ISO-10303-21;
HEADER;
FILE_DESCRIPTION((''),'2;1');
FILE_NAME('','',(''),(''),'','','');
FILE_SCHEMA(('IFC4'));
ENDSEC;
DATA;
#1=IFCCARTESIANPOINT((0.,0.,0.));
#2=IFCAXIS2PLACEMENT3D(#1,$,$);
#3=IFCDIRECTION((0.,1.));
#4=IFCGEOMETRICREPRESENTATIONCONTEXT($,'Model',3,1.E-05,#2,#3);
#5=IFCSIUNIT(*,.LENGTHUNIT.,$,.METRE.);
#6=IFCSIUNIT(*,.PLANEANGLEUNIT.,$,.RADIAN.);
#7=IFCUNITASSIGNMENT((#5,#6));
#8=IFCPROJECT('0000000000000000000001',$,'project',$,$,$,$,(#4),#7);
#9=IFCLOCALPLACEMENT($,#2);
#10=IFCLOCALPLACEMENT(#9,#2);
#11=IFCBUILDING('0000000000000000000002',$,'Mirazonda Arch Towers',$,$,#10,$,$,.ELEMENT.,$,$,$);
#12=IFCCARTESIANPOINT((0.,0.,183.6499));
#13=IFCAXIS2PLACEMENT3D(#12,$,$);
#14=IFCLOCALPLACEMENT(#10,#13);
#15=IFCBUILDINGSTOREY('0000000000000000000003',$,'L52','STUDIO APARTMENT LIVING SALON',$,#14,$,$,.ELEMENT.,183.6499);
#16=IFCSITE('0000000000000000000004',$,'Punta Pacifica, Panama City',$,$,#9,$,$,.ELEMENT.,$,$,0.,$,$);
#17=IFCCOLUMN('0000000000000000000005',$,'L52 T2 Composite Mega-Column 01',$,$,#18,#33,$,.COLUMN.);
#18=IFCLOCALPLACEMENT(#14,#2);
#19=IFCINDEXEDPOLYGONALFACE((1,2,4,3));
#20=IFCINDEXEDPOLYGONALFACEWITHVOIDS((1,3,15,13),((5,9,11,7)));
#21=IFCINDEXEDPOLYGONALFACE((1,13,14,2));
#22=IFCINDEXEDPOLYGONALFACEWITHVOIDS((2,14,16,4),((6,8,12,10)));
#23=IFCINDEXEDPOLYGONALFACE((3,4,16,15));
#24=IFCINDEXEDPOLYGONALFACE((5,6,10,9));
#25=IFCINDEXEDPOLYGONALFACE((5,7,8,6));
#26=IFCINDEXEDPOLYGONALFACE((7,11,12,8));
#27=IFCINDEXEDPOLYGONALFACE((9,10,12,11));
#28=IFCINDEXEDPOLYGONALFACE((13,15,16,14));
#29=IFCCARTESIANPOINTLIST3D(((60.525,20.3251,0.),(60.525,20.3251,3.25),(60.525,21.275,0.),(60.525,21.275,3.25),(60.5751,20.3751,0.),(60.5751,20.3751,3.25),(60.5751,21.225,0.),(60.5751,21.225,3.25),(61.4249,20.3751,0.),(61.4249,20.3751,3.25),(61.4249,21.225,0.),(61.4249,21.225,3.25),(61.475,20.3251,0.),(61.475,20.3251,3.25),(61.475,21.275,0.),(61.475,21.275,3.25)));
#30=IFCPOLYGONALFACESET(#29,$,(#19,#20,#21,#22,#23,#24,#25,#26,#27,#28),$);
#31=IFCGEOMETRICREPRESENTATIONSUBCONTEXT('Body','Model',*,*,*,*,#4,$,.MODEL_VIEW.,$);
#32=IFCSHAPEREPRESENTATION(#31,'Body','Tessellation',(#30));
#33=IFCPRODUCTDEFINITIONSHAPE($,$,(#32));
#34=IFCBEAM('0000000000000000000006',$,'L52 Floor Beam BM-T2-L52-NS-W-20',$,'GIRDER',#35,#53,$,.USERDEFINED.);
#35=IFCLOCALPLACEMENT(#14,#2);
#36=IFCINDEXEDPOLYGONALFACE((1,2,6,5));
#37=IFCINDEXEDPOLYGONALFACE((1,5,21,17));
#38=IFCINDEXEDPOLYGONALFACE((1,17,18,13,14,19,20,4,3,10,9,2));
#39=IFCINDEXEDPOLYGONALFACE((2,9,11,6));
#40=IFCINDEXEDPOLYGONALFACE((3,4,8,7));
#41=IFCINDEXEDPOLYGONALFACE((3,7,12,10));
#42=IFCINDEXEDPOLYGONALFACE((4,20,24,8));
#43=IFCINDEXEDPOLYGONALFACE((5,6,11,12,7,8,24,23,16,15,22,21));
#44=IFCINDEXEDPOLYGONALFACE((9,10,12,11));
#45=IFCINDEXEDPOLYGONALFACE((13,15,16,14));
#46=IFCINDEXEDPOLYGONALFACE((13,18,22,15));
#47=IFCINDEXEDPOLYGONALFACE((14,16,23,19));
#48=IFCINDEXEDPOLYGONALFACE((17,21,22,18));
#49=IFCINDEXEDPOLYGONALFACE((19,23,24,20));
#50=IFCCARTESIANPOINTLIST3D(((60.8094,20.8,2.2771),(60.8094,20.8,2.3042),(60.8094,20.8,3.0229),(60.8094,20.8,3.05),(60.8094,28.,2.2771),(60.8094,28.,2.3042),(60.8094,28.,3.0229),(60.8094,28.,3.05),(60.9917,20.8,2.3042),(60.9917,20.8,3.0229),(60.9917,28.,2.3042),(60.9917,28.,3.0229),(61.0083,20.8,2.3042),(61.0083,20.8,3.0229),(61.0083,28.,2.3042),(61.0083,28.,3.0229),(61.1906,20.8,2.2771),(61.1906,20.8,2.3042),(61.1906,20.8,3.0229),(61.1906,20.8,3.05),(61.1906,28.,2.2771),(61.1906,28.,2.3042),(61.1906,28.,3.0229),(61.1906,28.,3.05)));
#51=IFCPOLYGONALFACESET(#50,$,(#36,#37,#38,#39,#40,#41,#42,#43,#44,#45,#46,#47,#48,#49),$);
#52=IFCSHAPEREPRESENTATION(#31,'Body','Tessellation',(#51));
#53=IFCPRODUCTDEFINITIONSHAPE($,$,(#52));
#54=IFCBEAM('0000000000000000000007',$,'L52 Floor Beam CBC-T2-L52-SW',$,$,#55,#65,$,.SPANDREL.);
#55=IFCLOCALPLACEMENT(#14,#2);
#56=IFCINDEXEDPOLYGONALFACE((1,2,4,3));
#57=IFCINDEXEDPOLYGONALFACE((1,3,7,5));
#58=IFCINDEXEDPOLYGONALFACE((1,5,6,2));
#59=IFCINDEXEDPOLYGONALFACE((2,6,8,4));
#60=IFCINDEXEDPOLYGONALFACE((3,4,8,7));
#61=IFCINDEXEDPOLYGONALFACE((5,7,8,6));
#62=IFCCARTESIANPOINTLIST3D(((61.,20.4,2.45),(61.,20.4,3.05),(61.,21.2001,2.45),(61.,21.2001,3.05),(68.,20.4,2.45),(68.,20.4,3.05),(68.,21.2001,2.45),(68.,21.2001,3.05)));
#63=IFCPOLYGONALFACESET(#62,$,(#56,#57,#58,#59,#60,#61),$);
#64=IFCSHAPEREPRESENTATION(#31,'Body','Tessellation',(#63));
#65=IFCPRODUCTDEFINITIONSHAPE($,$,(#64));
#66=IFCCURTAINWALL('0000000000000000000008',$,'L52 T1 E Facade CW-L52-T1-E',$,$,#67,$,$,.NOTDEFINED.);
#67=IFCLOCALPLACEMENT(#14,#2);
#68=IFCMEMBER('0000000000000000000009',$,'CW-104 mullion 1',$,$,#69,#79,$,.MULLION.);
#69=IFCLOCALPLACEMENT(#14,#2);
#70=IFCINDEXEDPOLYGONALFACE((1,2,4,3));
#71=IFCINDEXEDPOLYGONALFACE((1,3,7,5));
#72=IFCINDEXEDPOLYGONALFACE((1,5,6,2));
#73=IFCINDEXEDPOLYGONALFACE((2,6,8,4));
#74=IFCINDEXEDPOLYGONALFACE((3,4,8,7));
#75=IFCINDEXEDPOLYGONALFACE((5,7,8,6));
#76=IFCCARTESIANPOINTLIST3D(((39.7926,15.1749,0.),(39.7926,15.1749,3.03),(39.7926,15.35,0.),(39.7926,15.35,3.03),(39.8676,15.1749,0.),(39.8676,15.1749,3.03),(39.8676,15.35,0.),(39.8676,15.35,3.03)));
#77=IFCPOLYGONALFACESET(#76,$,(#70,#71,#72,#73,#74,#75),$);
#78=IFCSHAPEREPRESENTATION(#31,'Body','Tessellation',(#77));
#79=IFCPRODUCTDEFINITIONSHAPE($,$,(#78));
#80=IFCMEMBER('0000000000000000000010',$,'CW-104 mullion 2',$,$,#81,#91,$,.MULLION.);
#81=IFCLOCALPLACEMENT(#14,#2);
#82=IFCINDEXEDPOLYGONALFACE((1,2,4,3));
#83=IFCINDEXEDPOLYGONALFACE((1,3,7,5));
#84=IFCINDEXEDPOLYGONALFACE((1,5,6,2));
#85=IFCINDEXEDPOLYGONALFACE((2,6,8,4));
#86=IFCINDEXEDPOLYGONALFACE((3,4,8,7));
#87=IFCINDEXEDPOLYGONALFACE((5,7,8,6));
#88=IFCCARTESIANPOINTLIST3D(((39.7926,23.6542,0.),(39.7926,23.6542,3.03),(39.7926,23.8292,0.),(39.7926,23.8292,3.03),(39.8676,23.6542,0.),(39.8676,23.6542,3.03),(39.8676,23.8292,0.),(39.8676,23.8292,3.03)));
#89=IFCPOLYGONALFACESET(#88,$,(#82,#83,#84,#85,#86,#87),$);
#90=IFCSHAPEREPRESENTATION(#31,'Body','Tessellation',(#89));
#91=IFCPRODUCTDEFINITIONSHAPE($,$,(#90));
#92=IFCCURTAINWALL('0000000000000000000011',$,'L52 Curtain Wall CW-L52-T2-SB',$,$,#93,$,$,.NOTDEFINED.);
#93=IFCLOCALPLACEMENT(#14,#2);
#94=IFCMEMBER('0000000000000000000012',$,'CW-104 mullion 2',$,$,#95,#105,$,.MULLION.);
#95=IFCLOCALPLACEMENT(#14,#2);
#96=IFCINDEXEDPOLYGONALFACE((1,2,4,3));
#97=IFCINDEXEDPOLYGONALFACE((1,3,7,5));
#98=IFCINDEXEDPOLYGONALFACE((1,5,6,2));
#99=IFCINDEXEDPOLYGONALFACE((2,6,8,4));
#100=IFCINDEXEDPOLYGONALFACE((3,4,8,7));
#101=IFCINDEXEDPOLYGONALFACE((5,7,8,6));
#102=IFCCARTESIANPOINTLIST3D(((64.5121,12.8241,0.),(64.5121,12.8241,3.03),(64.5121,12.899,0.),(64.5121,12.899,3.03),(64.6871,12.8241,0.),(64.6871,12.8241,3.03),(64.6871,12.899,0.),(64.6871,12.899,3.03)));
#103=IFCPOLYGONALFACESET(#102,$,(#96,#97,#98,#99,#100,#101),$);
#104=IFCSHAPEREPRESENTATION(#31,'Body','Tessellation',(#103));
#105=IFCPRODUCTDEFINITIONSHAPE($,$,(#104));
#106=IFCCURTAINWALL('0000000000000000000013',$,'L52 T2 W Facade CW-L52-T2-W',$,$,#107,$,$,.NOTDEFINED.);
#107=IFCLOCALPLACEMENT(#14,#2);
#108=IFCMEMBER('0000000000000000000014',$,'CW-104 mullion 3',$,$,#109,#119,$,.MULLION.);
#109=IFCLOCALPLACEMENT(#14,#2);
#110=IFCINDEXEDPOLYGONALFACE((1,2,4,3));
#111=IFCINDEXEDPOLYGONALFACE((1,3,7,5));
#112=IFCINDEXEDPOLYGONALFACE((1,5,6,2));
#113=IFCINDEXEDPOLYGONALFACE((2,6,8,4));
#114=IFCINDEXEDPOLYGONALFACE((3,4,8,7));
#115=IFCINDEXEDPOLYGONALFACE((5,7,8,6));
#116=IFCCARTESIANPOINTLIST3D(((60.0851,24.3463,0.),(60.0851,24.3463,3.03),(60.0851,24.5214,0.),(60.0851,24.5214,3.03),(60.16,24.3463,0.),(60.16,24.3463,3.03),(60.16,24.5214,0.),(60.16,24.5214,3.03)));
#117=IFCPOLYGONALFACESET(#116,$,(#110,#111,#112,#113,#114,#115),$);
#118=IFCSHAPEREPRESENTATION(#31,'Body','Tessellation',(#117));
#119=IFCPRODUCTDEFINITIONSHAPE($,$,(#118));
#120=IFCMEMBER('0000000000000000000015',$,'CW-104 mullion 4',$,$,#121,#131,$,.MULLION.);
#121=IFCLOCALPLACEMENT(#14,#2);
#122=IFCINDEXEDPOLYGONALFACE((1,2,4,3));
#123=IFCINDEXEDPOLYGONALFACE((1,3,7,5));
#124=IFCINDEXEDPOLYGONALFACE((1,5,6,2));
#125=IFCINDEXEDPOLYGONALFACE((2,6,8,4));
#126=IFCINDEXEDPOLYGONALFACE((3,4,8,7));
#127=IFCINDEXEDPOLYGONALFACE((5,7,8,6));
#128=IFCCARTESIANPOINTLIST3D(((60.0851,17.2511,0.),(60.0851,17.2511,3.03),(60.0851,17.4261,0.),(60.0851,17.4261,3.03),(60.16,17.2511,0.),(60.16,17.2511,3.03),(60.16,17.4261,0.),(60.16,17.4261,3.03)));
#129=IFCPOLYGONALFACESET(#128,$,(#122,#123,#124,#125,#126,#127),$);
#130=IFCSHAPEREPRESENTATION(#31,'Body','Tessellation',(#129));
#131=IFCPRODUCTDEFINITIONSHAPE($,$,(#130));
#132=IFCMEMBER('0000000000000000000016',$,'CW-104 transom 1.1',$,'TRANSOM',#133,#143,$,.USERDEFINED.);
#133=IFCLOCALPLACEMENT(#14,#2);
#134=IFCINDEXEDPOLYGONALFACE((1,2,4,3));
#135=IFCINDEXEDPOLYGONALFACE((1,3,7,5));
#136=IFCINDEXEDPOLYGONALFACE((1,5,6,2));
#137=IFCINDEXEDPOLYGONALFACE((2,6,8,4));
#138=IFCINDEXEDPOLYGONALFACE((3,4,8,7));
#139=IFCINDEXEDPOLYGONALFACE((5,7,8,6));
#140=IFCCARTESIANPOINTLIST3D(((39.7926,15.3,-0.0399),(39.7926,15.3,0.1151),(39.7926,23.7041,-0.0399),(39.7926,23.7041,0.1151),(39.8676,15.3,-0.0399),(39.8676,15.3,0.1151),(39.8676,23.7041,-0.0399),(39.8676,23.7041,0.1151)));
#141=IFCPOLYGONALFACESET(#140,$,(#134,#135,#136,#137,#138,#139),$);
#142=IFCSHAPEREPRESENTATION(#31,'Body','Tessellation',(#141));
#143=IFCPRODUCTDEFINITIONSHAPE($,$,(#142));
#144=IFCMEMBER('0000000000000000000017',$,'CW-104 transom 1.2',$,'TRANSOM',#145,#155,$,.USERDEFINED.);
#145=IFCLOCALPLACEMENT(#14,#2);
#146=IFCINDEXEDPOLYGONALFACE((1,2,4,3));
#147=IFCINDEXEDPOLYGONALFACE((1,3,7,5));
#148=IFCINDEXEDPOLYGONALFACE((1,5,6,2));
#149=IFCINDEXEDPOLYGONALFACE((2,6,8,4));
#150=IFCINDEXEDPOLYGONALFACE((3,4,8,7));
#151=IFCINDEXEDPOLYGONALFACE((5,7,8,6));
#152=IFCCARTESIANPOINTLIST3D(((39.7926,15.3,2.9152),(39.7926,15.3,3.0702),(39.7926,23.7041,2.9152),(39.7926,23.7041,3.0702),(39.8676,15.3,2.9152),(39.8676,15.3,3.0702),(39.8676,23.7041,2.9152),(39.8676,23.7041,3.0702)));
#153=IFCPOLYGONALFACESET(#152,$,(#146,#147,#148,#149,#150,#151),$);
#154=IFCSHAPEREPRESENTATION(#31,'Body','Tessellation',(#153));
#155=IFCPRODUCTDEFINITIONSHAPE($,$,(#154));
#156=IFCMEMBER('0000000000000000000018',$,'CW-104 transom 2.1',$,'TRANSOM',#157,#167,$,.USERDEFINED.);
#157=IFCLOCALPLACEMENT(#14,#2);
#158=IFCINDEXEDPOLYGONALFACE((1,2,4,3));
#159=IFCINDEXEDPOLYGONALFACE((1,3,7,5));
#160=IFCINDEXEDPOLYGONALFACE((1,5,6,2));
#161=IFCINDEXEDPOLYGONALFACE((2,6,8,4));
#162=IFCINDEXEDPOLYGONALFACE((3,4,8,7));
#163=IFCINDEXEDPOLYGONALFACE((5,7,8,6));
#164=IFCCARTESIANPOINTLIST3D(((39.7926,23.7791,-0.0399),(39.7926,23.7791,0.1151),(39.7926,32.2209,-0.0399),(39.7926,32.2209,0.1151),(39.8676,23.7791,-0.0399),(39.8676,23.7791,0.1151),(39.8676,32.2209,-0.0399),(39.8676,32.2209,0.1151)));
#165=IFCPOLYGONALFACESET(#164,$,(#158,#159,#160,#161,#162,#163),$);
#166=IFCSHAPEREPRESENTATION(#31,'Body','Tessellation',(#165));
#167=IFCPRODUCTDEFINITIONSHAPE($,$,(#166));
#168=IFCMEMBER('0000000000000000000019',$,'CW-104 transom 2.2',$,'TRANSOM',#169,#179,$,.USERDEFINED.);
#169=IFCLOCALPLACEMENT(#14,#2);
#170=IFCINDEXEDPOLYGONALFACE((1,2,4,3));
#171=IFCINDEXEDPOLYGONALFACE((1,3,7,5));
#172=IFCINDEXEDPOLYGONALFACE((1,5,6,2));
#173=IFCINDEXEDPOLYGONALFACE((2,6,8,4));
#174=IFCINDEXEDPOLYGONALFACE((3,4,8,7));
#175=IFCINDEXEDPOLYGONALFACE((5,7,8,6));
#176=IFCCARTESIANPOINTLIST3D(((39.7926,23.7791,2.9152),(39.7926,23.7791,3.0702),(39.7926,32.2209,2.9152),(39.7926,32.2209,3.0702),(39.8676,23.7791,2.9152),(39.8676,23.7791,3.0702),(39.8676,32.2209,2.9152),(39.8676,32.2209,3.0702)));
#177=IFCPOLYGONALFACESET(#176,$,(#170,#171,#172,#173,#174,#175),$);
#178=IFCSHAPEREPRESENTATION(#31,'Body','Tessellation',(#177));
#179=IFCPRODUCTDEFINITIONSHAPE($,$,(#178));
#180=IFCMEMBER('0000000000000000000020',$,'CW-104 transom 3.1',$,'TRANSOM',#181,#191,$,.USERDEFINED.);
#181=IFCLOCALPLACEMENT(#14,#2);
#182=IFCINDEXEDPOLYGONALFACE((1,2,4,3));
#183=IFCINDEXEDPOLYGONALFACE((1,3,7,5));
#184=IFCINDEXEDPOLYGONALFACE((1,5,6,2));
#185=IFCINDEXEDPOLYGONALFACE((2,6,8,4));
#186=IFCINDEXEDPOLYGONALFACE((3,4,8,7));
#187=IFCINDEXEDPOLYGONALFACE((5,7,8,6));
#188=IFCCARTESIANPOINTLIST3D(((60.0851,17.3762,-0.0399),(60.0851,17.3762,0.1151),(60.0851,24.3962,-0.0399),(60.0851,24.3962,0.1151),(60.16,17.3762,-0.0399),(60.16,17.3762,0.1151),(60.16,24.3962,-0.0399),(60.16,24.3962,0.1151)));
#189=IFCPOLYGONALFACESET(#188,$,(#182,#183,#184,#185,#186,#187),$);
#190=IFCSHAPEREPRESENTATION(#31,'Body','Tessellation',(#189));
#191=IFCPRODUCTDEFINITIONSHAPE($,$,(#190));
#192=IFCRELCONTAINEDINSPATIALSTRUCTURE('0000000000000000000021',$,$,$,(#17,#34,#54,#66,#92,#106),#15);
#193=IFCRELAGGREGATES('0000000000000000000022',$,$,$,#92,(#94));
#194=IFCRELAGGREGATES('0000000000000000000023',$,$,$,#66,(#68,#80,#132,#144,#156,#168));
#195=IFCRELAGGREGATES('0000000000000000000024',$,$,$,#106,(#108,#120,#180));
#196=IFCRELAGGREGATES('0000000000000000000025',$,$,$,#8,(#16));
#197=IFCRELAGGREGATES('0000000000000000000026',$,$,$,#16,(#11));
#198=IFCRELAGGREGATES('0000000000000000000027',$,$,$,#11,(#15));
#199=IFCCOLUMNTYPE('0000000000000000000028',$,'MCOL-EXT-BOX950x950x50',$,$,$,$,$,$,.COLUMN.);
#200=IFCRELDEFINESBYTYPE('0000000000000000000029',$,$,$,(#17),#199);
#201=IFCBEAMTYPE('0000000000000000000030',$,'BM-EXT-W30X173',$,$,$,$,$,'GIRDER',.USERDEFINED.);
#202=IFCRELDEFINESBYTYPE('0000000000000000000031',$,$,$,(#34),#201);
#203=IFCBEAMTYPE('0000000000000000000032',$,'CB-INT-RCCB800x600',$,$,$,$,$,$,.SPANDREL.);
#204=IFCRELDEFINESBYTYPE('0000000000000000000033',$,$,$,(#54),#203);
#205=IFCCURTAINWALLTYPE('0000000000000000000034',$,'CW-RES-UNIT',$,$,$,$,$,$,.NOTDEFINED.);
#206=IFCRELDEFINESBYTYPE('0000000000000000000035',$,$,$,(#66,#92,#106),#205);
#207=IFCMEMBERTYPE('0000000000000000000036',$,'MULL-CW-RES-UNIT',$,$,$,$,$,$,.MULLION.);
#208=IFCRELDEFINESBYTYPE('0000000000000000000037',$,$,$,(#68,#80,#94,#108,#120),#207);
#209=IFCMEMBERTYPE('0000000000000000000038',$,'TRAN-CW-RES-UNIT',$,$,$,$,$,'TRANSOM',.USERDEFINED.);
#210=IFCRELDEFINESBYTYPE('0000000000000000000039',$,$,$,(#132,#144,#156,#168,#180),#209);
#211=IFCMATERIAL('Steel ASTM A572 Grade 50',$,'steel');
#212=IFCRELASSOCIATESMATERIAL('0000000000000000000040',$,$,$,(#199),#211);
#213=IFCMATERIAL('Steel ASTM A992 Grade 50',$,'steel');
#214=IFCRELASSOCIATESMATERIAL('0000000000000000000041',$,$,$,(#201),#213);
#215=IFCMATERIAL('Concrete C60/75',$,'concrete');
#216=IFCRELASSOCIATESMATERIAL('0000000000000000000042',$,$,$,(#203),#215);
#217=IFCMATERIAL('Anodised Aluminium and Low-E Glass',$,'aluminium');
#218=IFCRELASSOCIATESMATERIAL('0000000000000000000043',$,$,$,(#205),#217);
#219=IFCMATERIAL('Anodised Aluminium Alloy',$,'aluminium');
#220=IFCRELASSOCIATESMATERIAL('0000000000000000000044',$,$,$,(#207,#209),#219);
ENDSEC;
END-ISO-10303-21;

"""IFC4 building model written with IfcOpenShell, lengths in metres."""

from ifc_helpers import new_model, si_unit, direction, frame, origin, origin_2d, place, context, subcontext, project, spatial, rectangle, hollow_rectangle, i_section, extrude, material, material_profile, profile_set, type_object, element, aggregate, save


model = new_model("IFC4")

# Units and contexts
model_context = context("Model", 3, precision=1e-05, world=origin(), true_north=direction((0.0, 1.0)))
body_context = subcontext(model_context, "Body", "Model", "MODEL_VIEW")
ifc_project = project(units=[si_unit("LENGTHUNIT", "METRE"), si_unit("PLANEANGLEUNIT", "RADIAN")], contexts=[model_context])

# Site, building, storey
site_placement = place(None, origin())
site = spatial("IfcSite", under=ifc_project, at=site_placement, Name="Punta Pacifica, Panama City", CompositionType="ELEMENT", RefElevation=0.0)
building_placement = place(site_placement, origin())
building = spatial("IfcBuilding", under=site, at=building_placement, Name="Mirazonda Arch Towers", CompositionType="ELEMENT")
storey_placement = place(building_placement, frame((0.0, 0.0, 183.6499)))
storey = spatial("IfcBuildingStorey", under=building, at=storey_placement, Name="L52", Description="STUDIO APARTMENT LIVING SALON", CompositionType="ELEMENT", Elevation=183.6499)

# Column
ifc_material_1 = material(Name="Steel ASTM A572 Grade 50", Category="steel")
ifc_material_profile_1 = material_profile(ifc_material_1, hollow_rectangle(XDim=0.95, YDim=0.95, WallThickness=0.05, at=origin_2d()), Name="BOX950x950x50")
ifc_profile_set_1 = profile_set([ifc_material_profile_1], Name="Steel ASTM A572 Grade 50")
column_type = type_object("IfcColumnType", Name="MCOL-EXT-BOX950x950x50", PredefinedType="COLUMN", material=ifc_profile_set_1)
column_placement = place(storey_placement, frame((61.0, 20.8, 0.0), z_axis=(0.0, 0.0, 1.0), x_axis=(1.0, 0.0, 0.0)))
element("IfcColumn", 1, at=column_placement, inside=storey, type_object=column_type, Name="L52 T2 Composite Mega-Column 01", PredefinedType="COLUMN", context=body_context, shape_type="SweptSolid", body=[
    extrude(hollow_rectangle(XDim=0.95, YDim=0.95, WallThickness=0.05, at=origin_2d()), origin(), (0.0, 0.0, 1.0), 3.25),
])

# Beams
ifc_material_2 = material(Name="Steel ASTM A992 Grade 50", Category="steel")
ifc_material_profile_2 = material_profile(ifc_material_2, i_section(OverallWidth=0.3811, OverallDepth=0.7729, WebThickness=0.0166, FlangeThickness=0.0271, at=origin_2d()), Name="W30X173")
ifc_profile_set_2 = profile_set([ifc_material_profile_2], Name="Steel ASTM A992 Grade 50")
beam_type_1 = type_object("IfcBeamType", Name="BM-EXT-W30X173", ElementType="GIRDER", PredefinedType="USERDEFINED", material=ifc_profile_set_2)
beam_1_placement = place(storey_placement, frame((61.0, 20.8, 2.6636), z_axis=(0.0, 1.0, 0.0), x_axis=(-1.0, 0.0, 0.0)))
element("IfcBeam", 2, at=beam_1_placement, inside=storey, type_object=beam_type_1, Name="L52 Floor Beam BM-T2-L52-NS-W-20", ObjectType="GIRDER", PredefinedType="USERDEFINED", context=body_context, shape_type="SweptSolid", body=[
    extrude(i_section(OverallWidth=0.3811, OverallDepth=0.7729, WebThickness=0.0166, FlangeThickness=0.0271, at=origin_2d()), origin(), (0.0, 0.0, 1.0), 7.2),
])
ifc_material_3 = material(Name="Concrete C60/75", Category="concrete")
ifc_material_profile_3 = material_profile(ifc_material_3, rectangle(XDim=0.8, YDim=0.6001, at=origin_2d()), Name="RCCB800x600")
ifc_profile_set_3 = profile_set([ifc_material_profile_3], Name="Concrete C60/75")
beam_type_2 = type_object("IfcBeamType", Name="CB-INT-RCCB800x600", PredefinedType="SPANDREL", material=ifc_profile_set_3)
beam_2_placement = place(storey_placement, frame((61.0, 20.8, 2.75), z_axis=(1.0, 0.0, 0.0), x_axis=(0.0, 1.0, 0.0)))
element("IfcBeam", 3, at=beam_2_placement, inside=storey, type_object=beam_type_2, Name="L52 Floor Beam CBC-T2-L52-SW", PredefinedType="SPANDREL", context=body_context, shape_type="SweptSolid", body=[
    extrude(rectangle(XDim=0.8, YDim=0.6001, at=origin_2d()), origin(), (0.0, 0.0, 1.0), 7.0),
])

# Curtain wall, members
ifc_material_4 = material(Name="Anodised Aluminium and Low-E Glass", Category="aluminium")
curtain_wall_type = type_object("IfcCurtainWallType", Name="CW-RES-UNIT", PredefinedType="NOTDEFINED", material=ifc_material_4)
curtain_wall_1_placement = place(storey_placement, origin())
curtain_wall_1 = element("IfcCurtainWall", 4, at=curtain_wall_1_placement, inside=storey, type_object=curtain_wall_type, Name="L52 T1 E Facade CW-L52-T1-E", PredefinedType="NOTDEFINED")
ifc_material_5 = material(Name="Anodised Aluminium Alloy", Category="aluminium")
ifc_material_profile_4 = material_profile(ifc_material_5, rectangle(XDim=0.075, YDim=0.175, at=origin_2d()), Name="ALU-MULL-75x175")
ifc_profile_set_4 = profile_set([ifc_material_profile_4], Name="Anodised Aluminium Alloy")
member_type_1 = type_object("IfcMemberType", Name="MULL-CW-RES-UNIT", PredefinedType="MULLION", material=ifc_profile_set_4)
member_1_placement = place(storey_placement, frame((39.8301, 15.2625, 0.0), z_axis=(0.0, 0.0, 1.0), x_axis=(-1.0, 0.0, 0.0)))
member_1 = element("IfcMember", 5, at=member_1_placement, type_object=member_type_1, Name="CW-104 mullion 1", PredefinedType="MULLION", context=body_context, shape_type="SweptSolid", body=[
    extrude(rectangle(XDim=0.075, YDim=0.175, at=origin_2d()), origin(), (0.0, 0.0, 1.0), 3.03),
])
member_2_placement = place(storey_placement, frame((39.8301, 23.7417, 0.0), z_axis=(0.0, 0.0, 1.0), x_axis=(-1.0, 0.0, 0.0)))
member_2 = element("IfcMember", 6, at=member_2_placement, type_object=member_type_1, Name="CW-104 mullion 2", PredefinedType="MULLION", context=body_context, shape_type="SweptSolid", body=[
    extrude(rectangle(XDim=0.075, YDim=0.175, at=origin_2d()), origin(), (0.0, 0.0, 1.0), 3.03),
])

# Curtain wall, member
curtain_wall_2_placement = place(storey_placement, origin())
curtain_wall_2 = element("IfcCurtainWall", 7, at=curtain_wall_2_placement, inside=storey, type_object=curtain_wall_type, Name="L52 Curtain Wall CW-L52-T2-SB", PredefinedType="NOTDEFINED")
member_3_placement = place(storey_placement, frame((64.5996, 12.8616, 0.0), z_axis=(0.0, 0.0, 1.0), x_axis=(0.0, -1.0, 0.0)))
member_3 = element("IfcMember", 8, at=member_3_placement, type_object=member_type_1, Name="CW-104 mullion 2", PredefinedType="MULLION", context=body_context, shape_type="SweptSolid", body=[
    extrude(rectangle(XDim=0.075, YDim=0.175, at=origin_2d()), origin(), (0.0, 0.0, 1.0), 3.03),
])
aggregate(curtain_wall_2, [member_3])

# Curtain wall, members
curtain_wall_3_placement = place(storey_placement, origin())
curtain_wall_3 = element("IfcCurtainWall", 9, at=curtain_wall_3_placement, inside=storey, type_object=curtain_wall_type, Name="L52 T2 W Facade CW-L52-T2-W", PredefinedType="NOTDEFINED")
member_4_placement = place(storey_placement, frame((60.1226, 24.4338, 0.0), z_axis=(0.0, 0.0, 1.0), x_axis=(1.0, 0.0, 0.0)))
member_4 = element("IfcMember", 10, at=member_4_placement, type_object=member_type_1, Name="CW-104 mullion 3", PredefinedType="MULLION", context=body_context, shape_type="SweptSolid", body=[
    extrude(rectangle(XDim=0.075, YDim=0.175, at=origin_2d()), origin(), (0.0, 0.0, 1.0), 3.03),
])
member_5_placement = place(storey_placement, frame((60.1226, 17.3386, 0.0), z_axis=(0.0, 0.0, 1.0), x_axis=(1.0, 0.0, 0.0)))
member_5 = element("IfcMember", 11, at=member_5_placement, type_object=member_type_1, Name="CW-104 mullion 4", PredefinedType="MULLION", context=body_context, shape_type="SweptSolid", body=[
    extrude(rectangle(XDim=0.075, YDim=0.175, at=origin_2d()), origin(), (0.0, 0.0, 1.0), 3.03),
])

# Members
ifc_material_profile_5 = material_profile(ifc_material_5, rectangle(XDim=0.075, YDim=0.155, at=origin_2d()), Name="ALU-TRAN-75x155")
ifc_profile_set_5 = profile_set([ifc_material_profile_5], Name="Anodised Aluminium Alloy")
member_type_2 = type_object("IfcMemberType", Name="TRAN-CW-RES-UNIT", ElementType="TRANSOM", PredefinedType="USERDEFINED", material=ifc_profile_set_5)
member_6_placement = place(storey_placement, frame((39.8301, 15.3, 0.0376), z_axis=(0.0, 1.0, 0.0), x_axis=(-1.0, 0.0, 0.0)))
member_6 = element("IfcMember", 12, at=member_6_placement, type_object=member_type_2, Name="CW-104 transom 1.1", ObjectType="TRANSOM", PredefinedType="USERDEFINED", context=body_context, shape_type="SweptSolid", body=[
    extrude(rectangle(XDim=0.075, YDim=0.155, at=origin_2d()), origin(), (0.0, 0.0, 1.0), 8.4041),
])
member_7_placement = place(storey_placement, frame((39.8301, 15.3, 2.9927), z_axis=(0.0, 1.0, 0.0), x_axis=(-1.0, 0.0, 0.0)))
member_7 = element("IfcMember", 13, at=member_7_placement, type_object=member_type_2, Name="CW-104 transom 1.2", ObjectType="TRANSOM", PredefinedType="USERDEFINED", context=body_context, shape_type="SweptSolid", body=[
    extrude(rectangle(XDim=0.075, YDim=0.155, at=origin_2d()), origin(), (0.0, 0.0, 1.0), 8.4041),
])
member_8_placement = place(storey_placement, frame((39.8301, 23.7791, 0.0376), z_axis=(0.0, 1.0, 0.0), x_axis=(-1.0, 0.0, 0.0)))
member_8 = element("IfcMember", 14, at=member_8_placement, type_object=member_type_2, Name="CW-104 transom 2.1", ObjectType="TRANSOM", PredefinedType="USERDEFINED", context=body_context, shape_type="SweptSolid", body=[
    extrude(rectangle(XDim=0.075, YDim=0.155, at=origin_2d()), origin(), (0.0, 0.0, 1.0), 8.4419),
])
member_9_placement = place(storey_placement, frame((39.8301, 23.7791, 2.9927), z_axis=(0.0, 1.0, 0.0), x_axis=(-1.0, 0.0, 0.0)))
member_9 = element("IfcMember", 15, at=member_9_placement, type_object=member_type_2, Name="CW-104 transom 2.2", ObjectType="TRANSOM", PredefinedType="USERDEFINED", context=body_context, shape_type="SweptSolid", body=[
    extrude(rectangle(XDim=0.075, YDim=0.155, at=origin_2d()), origin(), (0.0, 0.0, 1.0), 8.4419),
])
member_10_placement = place(storey_placement, frame((60.1226, 24.3962, 0.0376), z_axis=(0.0, -1.0, 0.0), x_axis=(1.0, 0.0, 0.0)))
member_10 = element("IfcMember", 16, at=member_10_placement, type_object=member_type_2, Name="CW-104 transom 3.1", ObjectType="TRANSOM", PredefinedType="USERDEFINED", context=body_context, shape_type="SweptSolid", body=[
    extrude(rectangle(XDim=0.075, YDim=0.155, at=origin_2d()), origin(), (0.0, 0.0, 1.0), 7.02),
])

aggregate(curtain_wall_1, [member_1, member_2, member_6, member_7, member_8, member_9])
aggregate(curtain_wall_3, [member_4, member_5, member_10])

save(model, "model.ifc")
